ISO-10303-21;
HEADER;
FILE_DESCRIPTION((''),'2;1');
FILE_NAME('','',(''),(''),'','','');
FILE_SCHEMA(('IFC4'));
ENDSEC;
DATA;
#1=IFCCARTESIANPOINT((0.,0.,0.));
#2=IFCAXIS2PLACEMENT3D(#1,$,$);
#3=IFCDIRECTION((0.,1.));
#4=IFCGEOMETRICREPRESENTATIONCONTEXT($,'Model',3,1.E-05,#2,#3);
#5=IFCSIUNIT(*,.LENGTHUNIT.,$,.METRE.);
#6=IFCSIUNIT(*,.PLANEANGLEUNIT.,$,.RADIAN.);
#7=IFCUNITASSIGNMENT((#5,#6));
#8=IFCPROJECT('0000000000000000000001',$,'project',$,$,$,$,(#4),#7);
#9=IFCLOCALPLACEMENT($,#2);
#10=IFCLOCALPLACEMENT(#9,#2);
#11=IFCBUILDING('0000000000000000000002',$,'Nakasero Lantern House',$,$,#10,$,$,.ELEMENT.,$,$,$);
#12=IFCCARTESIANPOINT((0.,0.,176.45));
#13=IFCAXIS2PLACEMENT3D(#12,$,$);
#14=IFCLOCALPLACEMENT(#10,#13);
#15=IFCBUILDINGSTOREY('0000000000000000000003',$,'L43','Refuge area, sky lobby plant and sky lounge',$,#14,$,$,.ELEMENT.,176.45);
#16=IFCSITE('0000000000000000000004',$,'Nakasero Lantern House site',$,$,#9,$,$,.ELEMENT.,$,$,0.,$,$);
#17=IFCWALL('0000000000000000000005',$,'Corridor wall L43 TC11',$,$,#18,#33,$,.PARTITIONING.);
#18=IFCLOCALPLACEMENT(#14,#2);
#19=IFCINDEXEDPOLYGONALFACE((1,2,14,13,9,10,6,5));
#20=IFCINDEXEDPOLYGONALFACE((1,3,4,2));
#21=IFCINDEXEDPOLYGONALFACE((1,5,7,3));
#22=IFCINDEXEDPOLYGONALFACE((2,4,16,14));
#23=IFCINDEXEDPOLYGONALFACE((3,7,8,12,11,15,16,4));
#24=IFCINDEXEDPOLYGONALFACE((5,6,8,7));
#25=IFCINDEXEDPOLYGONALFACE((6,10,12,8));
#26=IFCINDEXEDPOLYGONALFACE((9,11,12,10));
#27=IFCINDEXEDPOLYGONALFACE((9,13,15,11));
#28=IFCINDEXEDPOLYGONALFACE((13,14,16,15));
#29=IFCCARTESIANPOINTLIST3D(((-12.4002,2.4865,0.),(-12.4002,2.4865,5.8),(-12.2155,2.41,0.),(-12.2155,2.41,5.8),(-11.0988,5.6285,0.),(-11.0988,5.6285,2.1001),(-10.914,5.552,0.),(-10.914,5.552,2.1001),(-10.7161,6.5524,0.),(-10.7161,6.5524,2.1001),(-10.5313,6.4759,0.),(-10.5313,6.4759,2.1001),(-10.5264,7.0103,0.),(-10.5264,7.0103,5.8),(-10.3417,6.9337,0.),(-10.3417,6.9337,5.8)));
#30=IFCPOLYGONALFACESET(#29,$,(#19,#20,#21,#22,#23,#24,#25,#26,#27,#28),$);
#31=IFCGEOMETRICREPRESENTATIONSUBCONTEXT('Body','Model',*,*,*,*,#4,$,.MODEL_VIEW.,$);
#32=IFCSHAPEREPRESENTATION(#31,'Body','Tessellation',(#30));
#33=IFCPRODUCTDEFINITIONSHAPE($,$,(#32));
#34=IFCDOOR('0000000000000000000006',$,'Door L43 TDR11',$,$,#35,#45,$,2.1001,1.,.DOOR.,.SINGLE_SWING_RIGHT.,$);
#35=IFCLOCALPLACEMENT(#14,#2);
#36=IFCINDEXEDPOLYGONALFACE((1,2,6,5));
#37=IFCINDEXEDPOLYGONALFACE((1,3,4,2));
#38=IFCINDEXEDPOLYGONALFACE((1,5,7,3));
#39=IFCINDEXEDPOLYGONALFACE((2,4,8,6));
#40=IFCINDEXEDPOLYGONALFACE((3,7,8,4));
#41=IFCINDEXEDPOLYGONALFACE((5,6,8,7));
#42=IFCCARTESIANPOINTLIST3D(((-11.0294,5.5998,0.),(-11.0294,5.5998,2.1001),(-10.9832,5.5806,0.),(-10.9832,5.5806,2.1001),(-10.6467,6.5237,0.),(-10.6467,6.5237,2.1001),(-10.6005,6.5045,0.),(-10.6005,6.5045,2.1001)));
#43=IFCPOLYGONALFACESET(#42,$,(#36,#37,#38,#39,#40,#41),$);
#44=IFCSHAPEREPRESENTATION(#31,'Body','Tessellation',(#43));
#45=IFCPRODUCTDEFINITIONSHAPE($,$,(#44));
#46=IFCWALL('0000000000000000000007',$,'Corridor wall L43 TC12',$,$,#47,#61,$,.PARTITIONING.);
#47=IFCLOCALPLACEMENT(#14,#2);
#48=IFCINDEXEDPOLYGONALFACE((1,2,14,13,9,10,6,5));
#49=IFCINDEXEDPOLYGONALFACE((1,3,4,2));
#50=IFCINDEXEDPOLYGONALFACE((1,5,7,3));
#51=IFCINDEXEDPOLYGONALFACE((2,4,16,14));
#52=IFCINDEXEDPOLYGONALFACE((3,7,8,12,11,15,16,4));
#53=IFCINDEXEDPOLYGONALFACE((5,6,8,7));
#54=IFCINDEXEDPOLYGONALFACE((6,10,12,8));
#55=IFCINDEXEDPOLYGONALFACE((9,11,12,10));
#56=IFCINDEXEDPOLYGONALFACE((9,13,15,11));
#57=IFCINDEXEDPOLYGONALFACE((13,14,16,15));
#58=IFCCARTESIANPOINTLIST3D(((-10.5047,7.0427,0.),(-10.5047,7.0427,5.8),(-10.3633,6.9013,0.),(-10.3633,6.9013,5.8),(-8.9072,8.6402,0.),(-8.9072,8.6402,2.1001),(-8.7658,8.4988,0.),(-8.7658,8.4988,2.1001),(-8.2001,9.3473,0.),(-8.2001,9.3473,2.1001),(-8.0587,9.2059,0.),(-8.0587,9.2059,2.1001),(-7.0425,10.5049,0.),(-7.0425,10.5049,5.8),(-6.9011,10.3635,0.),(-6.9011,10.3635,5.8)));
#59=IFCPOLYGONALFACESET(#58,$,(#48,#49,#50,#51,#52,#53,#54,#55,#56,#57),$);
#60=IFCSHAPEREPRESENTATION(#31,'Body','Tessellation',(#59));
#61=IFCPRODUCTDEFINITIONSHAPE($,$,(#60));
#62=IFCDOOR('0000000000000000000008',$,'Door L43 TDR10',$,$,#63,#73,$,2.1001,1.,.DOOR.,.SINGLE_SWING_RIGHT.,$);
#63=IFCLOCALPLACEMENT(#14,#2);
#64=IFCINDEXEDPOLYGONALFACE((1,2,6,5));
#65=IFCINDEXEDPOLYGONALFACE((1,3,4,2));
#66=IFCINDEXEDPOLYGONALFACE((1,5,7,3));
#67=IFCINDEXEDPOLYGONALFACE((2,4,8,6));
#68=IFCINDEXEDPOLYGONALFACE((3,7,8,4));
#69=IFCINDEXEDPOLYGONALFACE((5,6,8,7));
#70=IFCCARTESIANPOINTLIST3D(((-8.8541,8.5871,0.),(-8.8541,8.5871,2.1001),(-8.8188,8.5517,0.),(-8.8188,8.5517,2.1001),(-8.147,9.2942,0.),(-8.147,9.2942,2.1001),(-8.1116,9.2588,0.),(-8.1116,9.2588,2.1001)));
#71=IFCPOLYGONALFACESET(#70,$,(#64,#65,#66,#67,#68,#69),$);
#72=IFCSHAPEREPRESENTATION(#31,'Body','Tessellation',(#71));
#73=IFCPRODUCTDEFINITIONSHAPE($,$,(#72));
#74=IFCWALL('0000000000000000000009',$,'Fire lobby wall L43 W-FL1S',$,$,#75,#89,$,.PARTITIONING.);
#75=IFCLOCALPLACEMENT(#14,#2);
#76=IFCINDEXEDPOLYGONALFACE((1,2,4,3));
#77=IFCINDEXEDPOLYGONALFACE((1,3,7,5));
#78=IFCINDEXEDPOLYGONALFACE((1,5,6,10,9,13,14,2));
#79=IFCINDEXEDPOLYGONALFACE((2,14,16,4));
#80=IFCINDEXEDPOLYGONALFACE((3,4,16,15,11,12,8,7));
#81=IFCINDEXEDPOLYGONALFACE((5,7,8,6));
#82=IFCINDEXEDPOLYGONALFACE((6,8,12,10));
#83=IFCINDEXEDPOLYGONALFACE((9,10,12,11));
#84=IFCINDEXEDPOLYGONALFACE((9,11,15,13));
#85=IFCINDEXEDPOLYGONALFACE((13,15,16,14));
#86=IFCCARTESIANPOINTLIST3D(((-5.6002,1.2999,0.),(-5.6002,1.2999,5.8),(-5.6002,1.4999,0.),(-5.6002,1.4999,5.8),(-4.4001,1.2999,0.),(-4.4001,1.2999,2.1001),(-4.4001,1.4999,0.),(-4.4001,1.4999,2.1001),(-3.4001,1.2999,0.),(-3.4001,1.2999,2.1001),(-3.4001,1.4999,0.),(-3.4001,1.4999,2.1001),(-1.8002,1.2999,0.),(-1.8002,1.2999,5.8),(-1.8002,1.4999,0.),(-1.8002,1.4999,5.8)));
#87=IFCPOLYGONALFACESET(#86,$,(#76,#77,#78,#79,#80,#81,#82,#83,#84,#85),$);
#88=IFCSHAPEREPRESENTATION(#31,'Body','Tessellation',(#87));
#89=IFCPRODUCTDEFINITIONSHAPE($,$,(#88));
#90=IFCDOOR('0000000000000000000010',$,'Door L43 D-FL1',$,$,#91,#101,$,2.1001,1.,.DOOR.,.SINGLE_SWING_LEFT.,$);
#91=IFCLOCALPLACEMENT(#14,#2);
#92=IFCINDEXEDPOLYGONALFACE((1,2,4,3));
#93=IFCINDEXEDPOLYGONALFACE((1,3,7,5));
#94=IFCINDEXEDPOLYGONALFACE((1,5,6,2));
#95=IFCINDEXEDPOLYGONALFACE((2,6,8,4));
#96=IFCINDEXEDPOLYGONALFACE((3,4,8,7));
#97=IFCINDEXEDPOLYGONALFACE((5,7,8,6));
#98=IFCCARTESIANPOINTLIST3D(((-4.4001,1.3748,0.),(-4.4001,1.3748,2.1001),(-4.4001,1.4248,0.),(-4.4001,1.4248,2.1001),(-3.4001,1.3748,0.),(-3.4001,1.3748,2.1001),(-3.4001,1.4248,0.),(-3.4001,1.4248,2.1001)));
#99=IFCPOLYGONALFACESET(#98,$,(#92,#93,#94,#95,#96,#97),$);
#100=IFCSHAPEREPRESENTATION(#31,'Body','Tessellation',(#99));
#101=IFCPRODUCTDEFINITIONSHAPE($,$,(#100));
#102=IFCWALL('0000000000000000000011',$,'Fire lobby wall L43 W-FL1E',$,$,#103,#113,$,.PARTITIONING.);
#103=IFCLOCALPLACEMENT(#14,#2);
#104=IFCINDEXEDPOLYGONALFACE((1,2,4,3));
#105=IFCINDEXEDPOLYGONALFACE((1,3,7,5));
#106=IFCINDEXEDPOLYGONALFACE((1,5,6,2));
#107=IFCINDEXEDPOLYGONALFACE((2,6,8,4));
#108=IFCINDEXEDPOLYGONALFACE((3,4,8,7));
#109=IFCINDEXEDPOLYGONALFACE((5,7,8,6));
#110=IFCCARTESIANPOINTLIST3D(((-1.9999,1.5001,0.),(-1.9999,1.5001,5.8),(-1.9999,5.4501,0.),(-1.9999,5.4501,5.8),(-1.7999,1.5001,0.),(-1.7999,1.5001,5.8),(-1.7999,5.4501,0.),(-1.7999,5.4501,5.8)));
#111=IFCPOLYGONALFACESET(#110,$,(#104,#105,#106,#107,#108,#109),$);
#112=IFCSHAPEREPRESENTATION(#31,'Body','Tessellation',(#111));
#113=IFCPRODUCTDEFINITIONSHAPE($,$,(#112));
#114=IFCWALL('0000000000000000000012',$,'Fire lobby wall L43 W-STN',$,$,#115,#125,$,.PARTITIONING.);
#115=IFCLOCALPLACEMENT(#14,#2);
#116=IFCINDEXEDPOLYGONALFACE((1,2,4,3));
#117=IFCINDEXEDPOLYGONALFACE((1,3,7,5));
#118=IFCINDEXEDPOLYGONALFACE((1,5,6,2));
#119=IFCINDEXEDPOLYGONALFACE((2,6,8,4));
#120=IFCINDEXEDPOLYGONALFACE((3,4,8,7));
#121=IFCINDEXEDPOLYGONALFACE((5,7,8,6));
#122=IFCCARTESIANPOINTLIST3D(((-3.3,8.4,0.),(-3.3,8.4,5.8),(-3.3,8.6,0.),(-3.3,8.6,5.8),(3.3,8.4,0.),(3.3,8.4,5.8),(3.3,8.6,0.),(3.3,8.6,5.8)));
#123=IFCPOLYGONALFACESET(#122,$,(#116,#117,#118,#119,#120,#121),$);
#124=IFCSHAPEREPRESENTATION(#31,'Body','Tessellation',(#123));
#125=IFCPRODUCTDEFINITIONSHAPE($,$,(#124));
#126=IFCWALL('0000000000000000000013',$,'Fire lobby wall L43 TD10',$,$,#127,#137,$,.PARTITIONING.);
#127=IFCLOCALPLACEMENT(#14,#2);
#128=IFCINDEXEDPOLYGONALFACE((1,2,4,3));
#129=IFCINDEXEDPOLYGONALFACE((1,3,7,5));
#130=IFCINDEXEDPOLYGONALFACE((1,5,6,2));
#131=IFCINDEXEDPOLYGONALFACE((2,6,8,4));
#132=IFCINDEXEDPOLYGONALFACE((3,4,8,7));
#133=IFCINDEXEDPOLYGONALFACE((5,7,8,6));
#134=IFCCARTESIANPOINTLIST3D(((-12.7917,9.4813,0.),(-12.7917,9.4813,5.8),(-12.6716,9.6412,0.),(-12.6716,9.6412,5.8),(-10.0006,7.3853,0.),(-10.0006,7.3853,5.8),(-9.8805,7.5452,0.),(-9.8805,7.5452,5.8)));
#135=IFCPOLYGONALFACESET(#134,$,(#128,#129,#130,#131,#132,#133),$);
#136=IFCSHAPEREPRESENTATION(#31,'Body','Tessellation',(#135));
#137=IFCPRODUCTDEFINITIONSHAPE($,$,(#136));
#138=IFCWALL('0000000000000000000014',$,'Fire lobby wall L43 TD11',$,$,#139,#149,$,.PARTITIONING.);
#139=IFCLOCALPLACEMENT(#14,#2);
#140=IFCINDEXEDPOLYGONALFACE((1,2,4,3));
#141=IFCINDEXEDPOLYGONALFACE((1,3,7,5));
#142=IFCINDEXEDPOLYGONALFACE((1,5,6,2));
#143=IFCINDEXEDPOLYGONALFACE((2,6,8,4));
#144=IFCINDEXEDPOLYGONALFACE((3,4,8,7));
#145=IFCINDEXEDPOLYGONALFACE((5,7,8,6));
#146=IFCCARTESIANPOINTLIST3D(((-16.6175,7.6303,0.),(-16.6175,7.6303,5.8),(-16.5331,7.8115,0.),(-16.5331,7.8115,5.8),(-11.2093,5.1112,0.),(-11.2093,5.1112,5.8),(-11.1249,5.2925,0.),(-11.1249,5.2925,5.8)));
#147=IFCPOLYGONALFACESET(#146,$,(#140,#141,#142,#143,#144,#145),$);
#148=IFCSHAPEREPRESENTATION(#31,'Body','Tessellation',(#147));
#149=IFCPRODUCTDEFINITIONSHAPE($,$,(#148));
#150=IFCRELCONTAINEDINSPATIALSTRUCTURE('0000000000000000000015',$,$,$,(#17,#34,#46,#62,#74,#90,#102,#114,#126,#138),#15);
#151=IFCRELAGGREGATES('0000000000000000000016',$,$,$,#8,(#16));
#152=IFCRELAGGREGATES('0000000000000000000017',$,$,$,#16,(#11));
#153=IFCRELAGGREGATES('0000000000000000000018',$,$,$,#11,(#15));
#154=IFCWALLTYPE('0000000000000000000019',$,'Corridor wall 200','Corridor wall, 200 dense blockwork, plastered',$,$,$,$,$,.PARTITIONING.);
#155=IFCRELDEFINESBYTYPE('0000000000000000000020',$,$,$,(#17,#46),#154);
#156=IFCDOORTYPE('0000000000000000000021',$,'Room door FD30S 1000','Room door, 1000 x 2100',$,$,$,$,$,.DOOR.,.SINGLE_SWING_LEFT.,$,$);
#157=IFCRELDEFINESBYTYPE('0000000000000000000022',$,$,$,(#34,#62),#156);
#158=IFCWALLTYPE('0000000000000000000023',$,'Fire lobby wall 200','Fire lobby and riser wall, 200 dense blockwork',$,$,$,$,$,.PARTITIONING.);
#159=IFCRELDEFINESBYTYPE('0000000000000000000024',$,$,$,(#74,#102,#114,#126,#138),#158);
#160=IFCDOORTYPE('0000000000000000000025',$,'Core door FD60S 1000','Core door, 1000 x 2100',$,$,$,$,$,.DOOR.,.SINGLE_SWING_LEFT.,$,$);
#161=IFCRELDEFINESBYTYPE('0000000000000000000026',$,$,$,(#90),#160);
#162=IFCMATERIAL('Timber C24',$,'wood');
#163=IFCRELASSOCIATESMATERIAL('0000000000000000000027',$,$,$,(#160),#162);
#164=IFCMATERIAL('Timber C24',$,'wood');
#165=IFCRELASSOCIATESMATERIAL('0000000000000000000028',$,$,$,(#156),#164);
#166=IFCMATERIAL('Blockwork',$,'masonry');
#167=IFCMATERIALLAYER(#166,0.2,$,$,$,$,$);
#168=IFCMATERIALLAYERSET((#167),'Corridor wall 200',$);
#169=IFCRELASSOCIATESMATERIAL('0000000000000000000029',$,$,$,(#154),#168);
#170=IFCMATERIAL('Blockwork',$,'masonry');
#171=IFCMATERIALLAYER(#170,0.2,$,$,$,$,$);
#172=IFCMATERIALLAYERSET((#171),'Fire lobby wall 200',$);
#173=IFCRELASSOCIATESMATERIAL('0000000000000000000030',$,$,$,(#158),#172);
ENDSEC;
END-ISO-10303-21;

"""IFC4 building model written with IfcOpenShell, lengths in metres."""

from ifc_helpers import new_model, si_unit, direction, frame, frame_2d, origin, place, context, subcontext, project, spatial, rectangle, extrude, material, layer, layer_set, type_object, element, fill, save


model = new_model("IFC4")

# Units and contexts
model_context = context("Model", 3, precision=1e-05, world=origin(), true_north=direction((0.0, 1.0)))
body_context = subcontext(model_context, "Body", "Model", "MODEL_VIEW")
ifc_project = project(units=[si_unit("LENGTHUNIT", "METRE"), si_unit("PLANEANGLEUNIT", "RADIAN")], contexts=[model_context])

# Site, building, storey
site_placement = place(None, origin())
site = spatial("IfcSite", under=ifc_project, at=site_placement, Name="Nakasero Lantern House site", CompositionType="ELEMENT", RefElevation=0.0)
building_placement = place(site_placement, origin())
building = spatial("IfcBuilding", under=site, at=building_placement, Name="Nakasero Lantern House", CompositionType="ELEMENT")
storey_placement = place(building_placement, frame((0.0, 0.0, 176.45)))
storey = spatial("IfcBuildingStorey", under=building, at=storey_placement, Name="L43", Description="Refuge area, sky lobby plant and sky lounge", CompositionType="ELEMENT", Elevation=176.45)

# Shared definitions
ifc_material_1 = material(Name="Timber C24", Category="wood")
door_type_1 = type_object("IfcDoorType", Name="Core door FD60S 1000", Description="Core door, 1000 x 2100", OperationType="SINGLE_SWING_LEFT", PredefinedType="DOOR", material=ifc_material_1)

# Shared definitions
ifc_material_2 = material(Name="Timber C24", Category="wood")
door_type_2 = type_object("IfcDoorType", Name="Room door FD30S 1000", Description="Room door, 1000 x 2100", OperationType="SINGLE_SWING_LEFT", PredefinedType="DOOR", material=ifc_material_2)

# Walls, openings, doors
ifc_material_3 = material(Name="Blockwork", Category="masonry")
ifc_layer_1 = layer(ifc_material_3, 0.2)
ifc_layer_set_1 = layer_set([ifc_layer_1], Name="Corridor wall 200")
wall_type_1 = type_object("IfcWallType", Name="Corridor wall 200", Description="Corridor wall, 200 dense blockwork, plastered", PredefinedType="PARTITIONING", material=ifc_layer_set_1)
wall_1_placement = place(storey_placement, frame((-12.3079, 2.4482, 0.0), z_axis=(0.0, 0.0, 1.0), x_axis=(0.382685, 0.923879, 0.0)))
wall_1 = element("IfcWall", 1, at=wall_1_placement, inside=storey, type_object=wall_type_1, Name="Corridor wall L43 TC11", PredefinedType="PARTITIONING", context=body_context, shape_type="SweptSolid", body=[
    extrude(rectangle(XDim=4.8965, YDim=0.2, at=frame_2d((2.4482, 0.0))), origin(), (0.0, 0.0, 1.0), 5.8),
])
opening_1_placement = place(wall_1_placement, frame((3.4009, 0.0, 0.0)))
opening_1 = element("IfcOpeningElement", 2, at=opening_1_placement, cuts=wall_1, PredefinedType="OPENING", context=body_context, shape_type="SweptSolid", body=[
    extrude(rectangle(XDim=1.0, YDim=2.1001, at=frame_2d((0.5, 1.05))), frame((0.0, 0.1199, 0.0), z_axis=(0.0, -1.0, 0.0), x_axis=(1.0, 0.0, 0.0)), (0.0, 0.0, 1.0), 0.24),
])
door_1_placement = place(opening_1_placement, origin())
door_1 = element("IfcDoor", 3, at=door_1_placement, inside=storey, type_object=door_type_2, Name="Door L43 TDR11", OperationType="SINGLE_SWING_RIGHT", OverallHeight=2.1001, OverallWidth=1.0, PredefinedType="DOOR", context=body_context, shape_type="SweptSolid", body=[
    extrude(rectangle(XDim=1.0, YDim=2.1001, at=frame_2d((0.5, 1.05))), frame((0.0, 0.0249, 0.0), z_axis=(0.0, -1.0, 0.0), x_axis=(1.0, 0.0, 0.0)), (0.0, 0.0, 1.0), 0.05),
])
fill(opening_1, door_1)
wall_2_placement = place(storey_placement, frame((-10.4341, 6.9719, 0.0), z_axis=(0.0, 0.0, 1.0), x_axis=(0.707107, 0.707107, 0.0)))
wall_2 = element("IfcWall", 4, at=wall_2_placement, inside=storey, type_object=wall_type_1, Name="Corridor wall L43 TC12", PredefinedType="PARTITIONING", context=body_context, shape_type="SweptSolid", body=[
    extrude(rectangle(XDim=4.8962, YDim=0.2, at=frame_2d((2.4482, 0.0))), origin(), (0.0, 0.0, 1.0), 5.8),
])
opening_2_placement = place(wall_2_placement, frame((2.2593, 0.0, 0.0)))
opening_2 = element("IfcOpeningElement", 5, at=opening_2_placement, cuts=wall_2, PredefinedType="OPENING", context=body_context, shape_type="SweptSolid", body=[
    extrude(rectangle(XDim=1.0, YDim=2.1001, at=frame_2d((0.5, 1.05))), frame((0.0, 0.1199, 0.0), z_axis=(0.0, -1.0, 0.0), x_axis=(1.0, 0.0, 0.0)), (0.0, 0.0, 1.0), 0.24),
])
door_2_placement = place(opening_2_placement, origin())
door_2 = element("IfcDoor", 6, at=door_2_placement, inside=storey, type_object=door_type_2, Name="Door L43 TDR10", OperationType="SINGLE_SWING_RIGHT", OverallHeight=2.1001, OverallWidth=1.0, PredefinedType="DOOR", context=body_context, shape_type="SweptSolid", body=[
    extrude(rectangle(XDim=1.0, YDim=2.1001, at=frame_2d((0.5, 1.05))), frame((0.0, 0.0249, 0.0), z_axis=(0.0, -1.0, 0.0), x_axis=(1.0, 0.0, 0.0)), (0.0, 0.0, 1.0), 0.05),
])
fill(opening_2, door_2)
ifc_material_4 = material(Name="Blockwork", Category="masonry")
ifc_layer_2 = layer(ifc_material_4, 0.2)
ifc_layer_set_2 = layer_set([ifc_layer_2], Name="Fire lobby wall 200")
wall_type_2 = type_object("IfcWallType", Name="Fire lobby wall 200", Description="Fire lobby and riser wall, 200 dense blockwork", PredefinedType="PARTITIONING", material=ifc_layer_set_2)
wall_3_placement = place(storey_placement, frame((-5.6001, 1.3999, 0.0), z_axis=(0.0, 0.0, 1.0), x_axis=(1.0, 0.0, 0.0)))
wall_3 = element("IfcWall", 7, at=wall_3_placement, inside=storey, type_object=wall_type_2, Name="Fire lobby wall L43 W-FL1S", PredefinedType="PARTITIONING", context=body_context, shape_type="SweptSolid", body=[
    extrude(rectangle(XDim=3.8, YDim=0.2, at=frame_2d((1.8999, 0.0))), origin(), (0.0, 0.0, 1.0), 5.8),
])
opening_3_placement = place(wall_3_placement, frame((1.2, 0.0, 0.0)))
opening_3 = element("IfcOpeningElement", 8, at=opening_3_placement, cuts=wall_3, PredefinedType="OPENING", context=body_context, shape_type="SweptSolid", body=[
    extrude(rectangle(XDim=1.0, YDim=2.1001, at=frame_2d((0.5, 1.05))), frame((0.0, 0.1199, 0.0), z_axis=(0.0, -1.0, 0.0), x_axis=(1.0, 0.0, 0.0)), (0.0, 0.0, 1.0), 0.24),
])
door_3_placement = place(opening_3_placement, origin())
door_3 = element("IfcDoor", 9, at=door_3_placement, inside=storey, type_object=door_type_1, Name="Door L43 D-FL1", OperationType="SINGLE_SWING_LEFT", OverallHeight=2.1001, OverallWidth=1.0, PredefinedType="DOOR", context=body_context, shape_type="SweptSolid", body=[
    extrude(rectangle(XDim=1.0, YDim=2.1001, at=frame_2d((0.5, 1.05))), frame((0.0, 0.0249, 0.0), z_axis=(0.0, -1.0, 0.0), x_axis=(1.0, 0.0, 0.0)), (0.0, 0.0, 1.0), 0.05),
])
fill(opening_3, door_3)

# Walls
wall_4_placement = place(storey_placement, frame((-1.8999, 1.5, 0.0), z_axis=(0.0, 0.0, 1.0), x_axis=(0.0, 1.0, 0.0)))
element("IfcWall", 10, at=wall_4_placement, inside=storey, type_object=wall_type_2, Name="Fire lobby wall L43 W-FL1E", PredefinedType="PARTITIONING", context=body_context, shape_type="SweptSolid", body=[
    extrude(rectangle(XDim=3.95, YDim=0.2, at=frame_2d((1.9751, 0.0))), origin(), (0.0, 0.0, 1.0), 5.8),
])
wall_5_placement = place(storey_placement, frame((-3.3, 8.5, 0.0), z_axis=(0.0, 0.0, 1.0), x_axis=(1.0, 0.0, 0.0)))
element("IfcWall", 11, at=wall_5_placement, inside=storey, type_object=wall_type_2, Name="Fire lobby wall L43 W-STN", PredefinedType="PARTITIONING", context=body_context, shape_type="SweptSolid", body=[
    extrude(rectangle(XDim=6.6001, YDim=0.2, at=frame_2d((3.3, 0.0))), origin(), (0.0, 0.0, 1.0), 5.8),
])
wall_6_placement = place(storey_placement, frame((-9.9407, 7.4653, 0.0), z_axis=(0.0, 0.0, 1.0), x_axis=(-0.799631, 0.600492, 0.0)))
element("IfcWall", 12, at=wall_6_placement, inside=storey, type_object=wall_type_2, Name="Fire lobby wall L43 TD10", PredefinedType="PARTITIONING", context=body_context, shape_type="SweptSolid", body=[
    extrude(rectangle(XDim=3.4905, YDim=0.2, at=frame_2d((1.7451, 0.0))), origin(), (0.0, 0.0, 1.0), 5.8),
])
wall_7_placement = place(storey_placement, frame((-11.1672, 5.2019, 0.0), z_axis=(0.0, 0.0, 1.0), x_axis=(-0.90649, 0.422227, 0.0)))
element("IfcWall", 13, at=wall_7_placement, inside=storey, type_object=wall_type_2, Name="Fire lobby wall L43 TD11", PredefinedType="PARTITIONING", context=body_context, shape_type="SweptSolid", body=[
    extrude(rectangle(XDim=5.9661, YDim=0.2, at=frame_2d((2.9829, 0.0))), origin(), (0.0, 0.0, 1.0), 5.8),
])

save(model, "model.ifc")
